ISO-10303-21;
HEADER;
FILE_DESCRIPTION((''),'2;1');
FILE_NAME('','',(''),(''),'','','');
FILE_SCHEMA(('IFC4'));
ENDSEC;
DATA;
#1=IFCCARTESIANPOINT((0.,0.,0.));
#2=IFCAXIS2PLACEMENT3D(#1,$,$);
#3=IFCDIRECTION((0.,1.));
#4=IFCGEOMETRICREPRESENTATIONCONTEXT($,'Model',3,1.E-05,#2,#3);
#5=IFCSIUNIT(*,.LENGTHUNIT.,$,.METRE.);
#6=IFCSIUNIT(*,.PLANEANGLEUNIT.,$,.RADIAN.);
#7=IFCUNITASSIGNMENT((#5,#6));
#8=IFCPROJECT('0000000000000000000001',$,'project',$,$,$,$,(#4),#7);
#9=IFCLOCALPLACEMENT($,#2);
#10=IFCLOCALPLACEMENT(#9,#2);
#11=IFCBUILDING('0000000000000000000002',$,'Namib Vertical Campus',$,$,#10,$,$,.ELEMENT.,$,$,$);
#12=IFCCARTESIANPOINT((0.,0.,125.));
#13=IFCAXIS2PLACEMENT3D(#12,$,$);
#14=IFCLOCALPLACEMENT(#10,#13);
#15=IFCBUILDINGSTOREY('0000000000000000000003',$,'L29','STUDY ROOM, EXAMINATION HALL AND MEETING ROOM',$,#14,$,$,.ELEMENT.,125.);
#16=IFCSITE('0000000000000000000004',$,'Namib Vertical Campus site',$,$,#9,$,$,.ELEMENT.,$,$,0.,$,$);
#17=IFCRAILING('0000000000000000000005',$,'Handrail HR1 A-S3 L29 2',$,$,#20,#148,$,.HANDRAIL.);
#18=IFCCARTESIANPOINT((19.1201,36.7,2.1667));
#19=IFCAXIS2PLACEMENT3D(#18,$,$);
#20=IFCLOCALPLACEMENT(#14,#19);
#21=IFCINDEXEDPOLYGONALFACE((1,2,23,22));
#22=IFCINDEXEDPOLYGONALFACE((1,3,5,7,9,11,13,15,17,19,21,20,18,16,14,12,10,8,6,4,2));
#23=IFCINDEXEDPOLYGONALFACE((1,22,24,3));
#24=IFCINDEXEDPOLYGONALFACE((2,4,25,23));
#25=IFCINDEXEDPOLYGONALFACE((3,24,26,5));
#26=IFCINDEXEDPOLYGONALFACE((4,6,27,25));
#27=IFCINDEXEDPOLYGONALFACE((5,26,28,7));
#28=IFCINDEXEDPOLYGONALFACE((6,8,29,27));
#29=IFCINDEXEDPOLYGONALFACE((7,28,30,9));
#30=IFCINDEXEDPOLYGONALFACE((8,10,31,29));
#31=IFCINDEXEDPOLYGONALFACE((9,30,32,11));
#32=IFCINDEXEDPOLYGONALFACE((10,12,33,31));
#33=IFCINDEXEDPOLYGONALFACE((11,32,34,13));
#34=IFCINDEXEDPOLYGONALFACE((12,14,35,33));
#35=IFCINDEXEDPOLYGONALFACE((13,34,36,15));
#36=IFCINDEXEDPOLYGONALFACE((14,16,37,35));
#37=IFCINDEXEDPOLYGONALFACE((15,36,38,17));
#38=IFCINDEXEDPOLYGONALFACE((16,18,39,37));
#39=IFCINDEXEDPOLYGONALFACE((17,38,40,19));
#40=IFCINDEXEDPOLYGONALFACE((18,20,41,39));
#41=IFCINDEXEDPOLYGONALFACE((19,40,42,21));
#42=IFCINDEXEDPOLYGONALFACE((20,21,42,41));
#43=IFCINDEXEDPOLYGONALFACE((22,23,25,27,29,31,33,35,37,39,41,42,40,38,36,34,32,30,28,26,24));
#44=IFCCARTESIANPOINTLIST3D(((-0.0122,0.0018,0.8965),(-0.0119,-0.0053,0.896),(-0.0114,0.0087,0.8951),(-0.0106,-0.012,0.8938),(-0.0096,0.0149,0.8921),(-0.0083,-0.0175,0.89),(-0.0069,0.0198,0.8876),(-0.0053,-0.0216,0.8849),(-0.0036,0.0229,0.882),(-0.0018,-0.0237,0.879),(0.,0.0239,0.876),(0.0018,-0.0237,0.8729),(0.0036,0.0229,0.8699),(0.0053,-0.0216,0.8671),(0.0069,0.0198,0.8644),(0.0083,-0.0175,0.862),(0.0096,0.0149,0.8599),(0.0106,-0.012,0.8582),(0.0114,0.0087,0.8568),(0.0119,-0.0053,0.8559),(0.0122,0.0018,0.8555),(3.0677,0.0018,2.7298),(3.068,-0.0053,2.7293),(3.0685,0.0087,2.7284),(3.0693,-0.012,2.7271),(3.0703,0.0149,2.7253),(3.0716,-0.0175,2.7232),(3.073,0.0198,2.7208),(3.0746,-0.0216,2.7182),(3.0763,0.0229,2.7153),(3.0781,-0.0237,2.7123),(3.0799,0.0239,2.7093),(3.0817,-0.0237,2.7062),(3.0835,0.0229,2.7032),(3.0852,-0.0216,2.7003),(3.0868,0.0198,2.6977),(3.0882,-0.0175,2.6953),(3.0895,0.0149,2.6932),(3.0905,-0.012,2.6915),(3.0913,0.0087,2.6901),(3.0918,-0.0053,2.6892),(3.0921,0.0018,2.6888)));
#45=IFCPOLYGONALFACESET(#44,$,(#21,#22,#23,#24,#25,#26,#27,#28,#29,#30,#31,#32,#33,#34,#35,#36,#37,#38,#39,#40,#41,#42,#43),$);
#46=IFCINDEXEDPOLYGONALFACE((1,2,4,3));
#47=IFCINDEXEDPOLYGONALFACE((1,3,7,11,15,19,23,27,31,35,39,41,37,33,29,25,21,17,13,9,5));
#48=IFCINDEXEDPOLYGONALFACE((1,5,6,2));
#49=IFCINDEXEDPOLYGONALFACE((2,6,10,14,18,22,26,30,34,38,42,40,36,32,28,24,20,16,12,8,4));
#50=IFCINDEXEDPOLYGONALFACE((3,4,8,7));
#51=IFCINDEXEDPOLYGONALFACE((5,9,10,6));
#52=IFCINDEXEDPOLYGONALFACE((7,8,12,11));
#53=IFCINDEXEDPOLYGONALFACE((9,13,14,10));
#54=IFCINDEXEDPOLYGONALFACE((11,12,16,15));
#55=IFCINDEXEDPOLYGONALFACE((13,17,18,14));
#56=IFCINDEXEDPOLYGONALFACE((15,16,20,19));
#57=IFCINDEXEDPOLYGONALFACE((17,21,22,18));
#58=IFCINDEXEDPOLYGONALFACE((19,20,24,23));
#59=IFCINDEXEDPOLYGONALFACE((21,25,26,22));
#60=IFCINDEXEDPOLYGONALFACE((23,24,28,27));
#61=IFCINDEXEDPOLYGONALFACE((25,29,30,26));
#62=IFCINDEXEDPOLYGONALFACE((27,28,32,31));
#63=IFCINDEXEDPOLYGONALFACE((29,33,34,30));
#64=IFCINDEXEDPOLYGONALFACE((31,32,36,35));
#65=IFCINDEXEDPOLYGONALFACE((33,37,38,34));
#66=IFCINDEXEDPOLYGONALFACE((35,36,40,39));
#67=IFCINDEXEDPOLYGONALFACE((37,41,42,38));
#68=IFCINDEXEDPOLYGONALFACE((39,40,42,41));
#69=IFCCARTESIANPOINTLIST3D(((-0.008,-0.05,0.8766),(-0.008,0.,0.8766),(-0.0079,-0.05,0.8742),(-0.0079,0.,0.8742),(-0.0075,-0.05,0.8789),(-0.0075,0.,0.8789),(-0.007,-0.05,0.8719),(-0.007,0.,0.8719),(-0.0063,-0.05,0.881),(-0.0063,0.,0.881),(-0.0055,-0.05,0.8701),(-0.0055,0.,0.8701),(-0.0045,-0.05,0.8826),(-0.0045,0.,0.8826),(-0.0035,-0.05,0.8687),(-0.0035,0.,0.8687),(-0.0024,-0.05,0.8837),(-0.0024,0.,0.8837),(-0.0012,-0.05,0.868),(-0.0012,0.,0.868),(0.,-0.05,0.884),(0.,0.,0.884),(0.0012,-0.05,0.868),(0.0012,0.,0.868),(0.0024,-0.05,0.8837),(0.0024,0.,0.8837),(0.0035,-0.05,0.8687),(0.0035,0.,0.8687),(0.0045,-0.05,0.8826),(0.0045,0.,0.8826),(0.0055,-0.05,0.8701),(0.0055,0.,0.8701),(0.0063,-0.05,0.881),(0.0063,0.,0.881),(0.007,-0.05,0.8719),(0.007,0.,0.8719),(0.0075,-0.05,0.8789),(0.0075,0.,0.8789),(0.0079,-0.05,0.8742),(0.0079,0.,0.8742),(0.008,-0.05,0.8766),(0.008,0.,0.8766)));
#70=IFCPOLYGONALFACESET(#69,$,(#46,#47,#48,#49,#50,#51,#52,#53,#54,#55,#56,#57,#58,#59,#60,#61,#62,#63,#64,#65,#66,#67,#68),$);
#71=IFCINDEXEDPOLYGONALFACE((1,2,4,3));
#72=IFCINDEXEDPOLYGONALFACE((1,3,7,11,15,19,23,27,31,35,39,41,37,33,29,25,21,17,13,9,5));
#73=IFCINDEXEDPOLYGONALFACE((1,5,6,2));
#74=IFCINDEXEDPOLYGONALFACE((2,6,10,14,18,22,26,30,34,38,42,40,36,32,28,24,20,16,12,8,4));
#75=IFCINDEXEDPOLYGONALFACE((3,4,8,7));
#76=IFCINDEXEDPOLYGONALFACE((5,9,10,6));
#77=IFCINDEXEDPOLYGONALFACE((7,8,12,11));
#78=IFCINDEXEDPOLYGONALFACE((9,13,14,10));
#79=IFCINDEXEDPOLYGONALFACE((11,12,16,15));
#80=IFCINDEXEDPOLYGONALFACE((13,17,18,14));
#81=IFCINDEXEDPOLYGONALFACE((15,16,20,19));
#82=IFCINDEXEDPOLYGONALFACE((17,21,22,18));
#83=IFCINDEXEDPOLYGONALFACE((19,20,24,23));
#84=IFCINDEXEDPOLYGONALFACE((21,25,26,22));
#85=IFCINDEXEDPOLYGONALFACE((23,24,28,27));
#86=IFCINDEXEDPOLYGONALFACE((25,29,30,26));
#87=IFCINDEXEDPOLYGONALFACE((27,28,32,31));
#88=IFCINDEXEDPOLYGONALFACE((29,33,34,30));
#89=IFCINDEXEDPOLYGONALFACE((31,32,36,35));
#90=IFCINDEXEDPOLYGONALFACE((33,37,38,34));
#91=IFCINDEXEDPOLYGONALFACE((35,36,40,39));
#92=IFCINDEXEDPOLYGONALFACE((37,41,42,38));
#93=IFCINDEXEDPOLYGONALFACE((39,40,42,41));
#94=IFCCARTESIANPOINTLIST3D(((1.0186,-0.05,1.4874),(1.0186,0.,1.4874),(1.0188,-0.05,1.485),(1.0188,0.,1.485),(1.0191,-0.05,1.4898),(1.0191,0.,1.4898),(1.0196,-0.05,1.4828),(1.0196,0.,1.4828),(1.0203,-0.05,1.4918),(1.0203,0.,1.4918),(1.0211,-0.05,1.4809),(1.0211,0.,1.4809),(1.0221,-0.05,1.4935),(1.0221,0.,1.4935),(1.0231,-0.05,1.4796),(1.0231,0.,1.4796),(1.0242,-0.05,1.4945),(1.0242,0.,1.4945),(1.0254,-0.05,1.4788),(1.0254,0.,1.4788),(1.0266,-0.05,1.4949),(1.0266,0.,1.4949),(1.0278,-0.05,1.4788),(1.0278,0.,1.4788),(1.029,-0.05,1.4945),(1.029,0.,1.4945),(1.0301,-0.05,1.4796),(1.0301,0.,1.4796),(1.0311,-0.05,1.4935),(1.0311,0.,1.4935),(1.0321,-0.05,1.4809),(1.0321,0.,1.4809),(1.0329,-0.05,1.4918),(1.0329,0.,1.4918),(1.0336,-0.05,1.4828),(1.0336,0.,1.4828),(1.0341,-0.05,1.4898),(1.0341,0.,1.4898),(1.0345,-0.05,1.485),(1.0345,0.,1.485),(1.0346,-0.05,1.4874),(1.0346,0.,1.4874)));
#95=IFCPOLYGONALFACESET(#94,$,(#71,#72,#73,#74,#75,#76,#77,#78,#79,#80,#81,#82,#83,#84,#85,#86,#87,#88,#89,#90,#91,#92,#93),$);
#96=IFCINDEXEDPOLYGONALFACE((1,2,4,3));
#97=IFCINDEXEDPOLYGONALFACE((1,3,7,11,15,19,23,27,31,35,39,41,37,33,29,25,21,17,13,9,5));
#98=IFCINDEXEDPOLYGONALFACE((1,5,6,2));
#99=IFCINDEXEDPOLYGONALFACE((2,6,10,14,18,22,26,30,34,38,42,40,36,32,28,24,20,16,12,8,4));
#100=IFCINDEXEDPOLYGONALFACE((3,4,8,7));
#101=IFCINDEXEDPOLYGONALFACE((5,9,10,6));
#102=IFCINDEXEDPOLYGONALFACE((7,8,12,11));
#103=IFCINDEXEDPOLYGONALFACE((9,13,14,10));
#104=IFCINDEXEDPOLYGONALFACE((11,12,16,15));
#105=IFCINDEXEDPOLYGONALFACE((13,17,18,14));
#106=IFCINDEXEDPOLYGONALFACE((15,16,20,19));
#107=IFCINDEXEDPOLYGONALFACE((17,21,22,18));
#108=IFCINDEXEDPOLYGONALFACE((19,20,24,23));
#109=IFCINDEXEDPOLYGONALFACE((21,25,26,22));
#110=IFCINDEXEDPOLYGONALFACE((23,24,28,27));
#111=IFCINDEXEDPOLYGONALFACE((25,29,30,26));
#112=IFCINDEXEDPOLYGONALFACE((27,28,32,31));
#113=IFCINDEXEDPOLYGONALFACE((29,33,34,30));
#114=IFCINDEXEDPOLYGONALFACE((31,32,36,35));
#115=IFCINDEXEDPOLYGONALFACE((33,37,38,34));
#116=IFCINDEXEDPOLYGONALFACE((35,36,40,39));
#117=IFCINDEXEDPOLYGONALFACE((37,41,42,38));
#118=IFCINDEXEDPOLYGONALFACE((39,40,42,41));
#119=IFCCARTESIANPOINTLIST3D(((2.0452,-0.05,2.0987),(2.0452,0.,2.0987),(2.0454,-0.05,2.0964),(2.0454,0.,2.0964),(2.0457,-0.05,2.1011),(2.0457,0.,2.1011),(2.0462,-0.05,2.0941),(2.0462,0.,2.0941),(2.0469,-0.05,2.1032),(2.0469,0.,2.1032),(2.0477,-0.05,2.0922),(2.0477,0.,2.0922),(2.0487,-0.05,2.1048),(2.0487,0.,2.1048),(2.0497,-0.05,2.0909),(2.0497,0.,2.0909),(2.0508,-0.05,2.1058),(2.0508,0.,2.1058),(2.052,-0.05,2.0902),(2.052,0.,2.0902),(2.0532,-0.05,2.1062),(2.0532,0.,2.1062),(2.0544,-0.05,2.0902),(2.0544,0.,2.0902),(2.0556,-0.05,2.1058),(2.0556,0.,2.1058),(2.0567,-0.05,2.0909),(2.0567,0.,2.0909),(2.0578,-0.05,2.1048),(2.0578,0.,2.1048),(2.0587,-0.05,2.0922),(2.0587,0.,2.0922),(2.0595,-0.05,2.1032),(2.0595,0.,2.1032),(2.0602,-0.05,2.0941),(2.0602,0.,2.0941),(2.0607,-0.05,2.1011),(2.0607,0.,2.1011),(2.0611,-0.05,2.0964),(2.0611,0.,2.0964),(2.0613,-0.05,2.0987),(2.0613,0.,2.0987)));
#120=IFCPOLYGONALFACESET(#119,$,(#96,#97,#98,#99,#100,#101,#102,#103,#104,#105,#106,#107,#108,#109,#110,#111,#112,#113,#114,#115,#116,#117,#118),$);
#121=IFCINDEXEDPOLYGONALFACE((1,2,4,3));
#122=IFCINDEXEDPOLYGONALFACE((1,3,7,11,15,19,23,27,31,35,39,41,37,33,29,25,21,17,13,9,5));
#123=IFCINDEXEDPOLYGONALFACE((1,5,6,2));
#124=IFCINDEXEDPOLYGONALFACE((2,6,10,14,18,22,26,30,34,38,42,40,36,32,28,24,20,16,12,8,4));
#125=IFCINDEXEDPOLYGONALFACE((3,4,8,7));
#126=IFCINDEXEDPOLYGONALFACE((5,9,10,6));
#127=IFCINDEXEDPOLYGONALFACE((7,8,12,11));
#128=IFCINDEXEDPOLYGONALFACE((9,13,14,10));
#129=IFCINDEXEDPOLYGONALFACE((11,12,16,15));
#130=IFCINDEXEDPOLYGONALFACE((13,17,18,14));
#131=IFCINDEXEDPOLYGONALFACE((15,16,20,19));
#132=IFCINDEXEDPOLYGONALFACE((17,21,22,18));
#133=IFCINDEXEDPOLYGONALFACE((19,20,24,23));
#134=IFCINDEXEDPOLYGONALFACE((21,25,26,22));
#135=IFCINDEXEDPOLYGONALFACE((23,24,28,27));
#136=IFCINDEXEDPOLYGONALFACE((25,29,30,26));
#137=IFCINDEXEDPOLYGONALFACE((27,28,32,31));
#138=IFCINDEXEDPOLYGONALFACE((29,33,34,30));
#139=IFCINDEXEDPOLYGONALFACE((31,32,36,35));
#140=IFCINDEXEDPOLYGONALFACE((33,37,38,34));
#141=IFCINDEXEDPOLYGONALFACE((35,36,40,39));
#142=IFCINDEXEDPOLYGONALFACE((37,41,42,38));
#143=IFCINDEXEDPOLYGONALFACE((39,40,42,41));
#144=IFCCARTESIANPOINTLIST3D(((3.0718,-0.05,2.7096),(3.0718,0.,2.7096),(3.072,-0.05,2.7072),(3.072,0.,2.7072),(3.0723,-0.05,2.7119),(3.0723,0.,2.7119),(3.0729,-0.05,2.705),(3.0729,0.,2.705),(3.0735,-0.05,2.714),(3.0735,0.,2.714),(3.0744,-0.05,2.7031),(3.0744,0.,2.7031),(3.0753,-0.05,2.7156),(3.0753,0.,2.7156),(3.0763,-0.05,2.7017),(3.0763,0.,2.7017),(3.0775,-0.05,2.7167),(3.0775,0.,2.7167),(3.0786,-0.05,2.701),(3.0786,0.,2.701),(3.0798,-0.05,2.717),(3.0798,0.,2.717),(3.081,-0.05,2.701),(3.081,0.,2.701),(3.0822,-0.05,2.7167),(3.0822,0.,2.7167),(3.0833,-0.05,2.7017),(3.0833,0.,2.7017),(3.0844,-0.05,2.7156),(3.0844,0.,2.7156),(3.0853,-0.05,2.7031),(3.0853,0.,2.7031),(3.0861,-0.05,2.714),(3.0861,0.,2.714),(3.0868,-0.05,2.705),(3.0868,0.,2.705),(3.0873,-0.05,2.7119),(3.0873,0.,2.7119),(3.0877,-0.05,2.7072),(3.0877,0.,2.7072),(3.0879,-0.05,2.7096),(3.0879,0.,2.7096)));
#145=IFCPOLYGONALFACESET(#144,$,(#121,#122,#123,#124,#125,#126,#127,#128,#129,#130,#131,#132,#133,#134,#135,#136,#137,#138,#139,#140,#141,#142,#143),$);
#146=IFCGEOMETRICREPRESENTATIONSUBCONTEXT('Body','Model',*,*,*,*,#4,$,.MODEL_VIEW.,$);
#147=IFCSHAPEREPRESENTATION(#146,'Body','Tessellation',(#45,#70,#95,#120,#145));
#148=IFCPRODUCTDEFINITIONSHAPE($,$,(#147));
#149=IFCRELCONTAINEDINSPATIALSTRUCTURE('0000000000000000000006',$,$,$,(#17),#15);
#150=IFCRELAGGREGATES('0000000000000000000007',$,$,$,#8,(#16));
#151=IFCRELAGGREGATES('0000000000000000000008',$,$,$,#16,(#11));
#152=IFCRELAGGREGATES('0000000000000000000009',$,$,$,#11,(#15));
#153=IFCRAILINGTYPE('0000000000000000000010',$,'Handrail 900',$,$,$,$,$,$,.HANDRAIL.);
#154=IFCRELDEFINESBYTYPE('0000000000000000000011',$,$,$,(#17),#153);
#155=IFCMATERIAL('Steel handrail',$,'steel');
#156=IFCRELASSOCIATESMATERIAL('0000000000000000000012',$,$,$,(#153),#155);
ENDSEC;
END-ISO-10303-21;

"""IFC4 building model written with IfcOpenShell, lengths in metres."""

from ifc_helpers import new_model, si_unit, direction, frame, origin, origin_2d, place, context, subcontext, project, spatial, circle, extrude, material, type_object, element, save


model = new_model("IFC4")

# Units and contexts
model_context = context("Model", 3, precision=1e-05, world=origin(), true_north=direction((0.0, 1.0)))
body_context = subcontext(model_context, "Body", "Model", "MODEL_VIEW")
ifc_project = project(units=[si_unit("LENGTHUNIT", "METRE"), si_unit("PLANEANGLEUNIT", "RADIAN")], contexts=[model_context])

# Site, building, storey
site_placement = place(None, origin())
site = spatial("IfcSite", under=ifc_project, at=site_placement, Name="Namib Vertical Campus site", CompositionType="ELEMENT", RefElevation=0.0)
building_placement = place(site_placement, origin())
building = spatial("IfcBuilding", under=site, at=building_placement, Name="Namib Vertical Campus", CompositionType="ELEMENT")
storey_placement = place(building_placement, frame((0.0, 0.0, 125.0)))
storey = spatial("IfcBuildingStorey", under=building, at=storey_placement, Name="L29", Description="STUDY ROOM, EXAMINATION HALL AND MEETING ROOM", CompositionType="ELEMENT", Elevation=125.0)

# Railing
ifc_material_1 = material(Name="Steel handrail", Category="steel")
railing_type_1 = type_object("IfcRailingType", Name="Handrail 900", PredefinedType="HANDRAIL", material=ifc_material_1)
railing_1_placement = place(storey_placement, frame((19.1201, 36.7, 2.1667)))
element("IfcRailing", 1, at=railing_1_placement, inside=storey, type_object=railing_type_1, Name="Handrail HR1 A-S3 L29 2", PredefinedType="HANDRAIL", context=body_context, shape_type="SweptSolid", body=[
    extrude(circle(Radius=0.0239, at=origin_2d()), frame((0.0, 0.0, 0.876), z_axis=(0.859291, 0.0, 0.511487), x_axis=(0.0, 1.0, 0.0)), (0.0, 0.0, 1.0), 3.5842),
    extrude(circle(Radius=0.0081, at=origin_2d()), frame((0.0, 0.0, 0.876), z_axis=(0.0, -1.0, 0.0), x_axis=(0.0, 0.0, 1.0)), (0.0, 0.0, 1.0), 0.05),
    extrude(circle(Radius=0.0081, at=origin_2d()), frame((1.0266, 0.0, 1.4868), z_axis=(0.0, -1.0, 0.0), x_axis=(0.0, 0.0, 1.0)), (0.0, 0.0, 1.0), 0.05),
    extrude(circle(Radius=0.0081, at=origin_2d()), frame((2.0532, 0.0, 2.0981), z_axis=(0.0, -1.0, 0.0), x_axis=(0.0, 0.0, 1.0)), (0.0, 0.0, 1.0), 0.05),
    extrude(circle(Radius=0.0081, at=origin_2d()), frame((3.0798, 0.0, 2.709), z_axis=(0.0, -1.0, 0.0), x_axis=(0.0, 0.0, 1.0)), (0.0, 0.0, 1.0), 0.05),
])

save(model, "model.ifc")
